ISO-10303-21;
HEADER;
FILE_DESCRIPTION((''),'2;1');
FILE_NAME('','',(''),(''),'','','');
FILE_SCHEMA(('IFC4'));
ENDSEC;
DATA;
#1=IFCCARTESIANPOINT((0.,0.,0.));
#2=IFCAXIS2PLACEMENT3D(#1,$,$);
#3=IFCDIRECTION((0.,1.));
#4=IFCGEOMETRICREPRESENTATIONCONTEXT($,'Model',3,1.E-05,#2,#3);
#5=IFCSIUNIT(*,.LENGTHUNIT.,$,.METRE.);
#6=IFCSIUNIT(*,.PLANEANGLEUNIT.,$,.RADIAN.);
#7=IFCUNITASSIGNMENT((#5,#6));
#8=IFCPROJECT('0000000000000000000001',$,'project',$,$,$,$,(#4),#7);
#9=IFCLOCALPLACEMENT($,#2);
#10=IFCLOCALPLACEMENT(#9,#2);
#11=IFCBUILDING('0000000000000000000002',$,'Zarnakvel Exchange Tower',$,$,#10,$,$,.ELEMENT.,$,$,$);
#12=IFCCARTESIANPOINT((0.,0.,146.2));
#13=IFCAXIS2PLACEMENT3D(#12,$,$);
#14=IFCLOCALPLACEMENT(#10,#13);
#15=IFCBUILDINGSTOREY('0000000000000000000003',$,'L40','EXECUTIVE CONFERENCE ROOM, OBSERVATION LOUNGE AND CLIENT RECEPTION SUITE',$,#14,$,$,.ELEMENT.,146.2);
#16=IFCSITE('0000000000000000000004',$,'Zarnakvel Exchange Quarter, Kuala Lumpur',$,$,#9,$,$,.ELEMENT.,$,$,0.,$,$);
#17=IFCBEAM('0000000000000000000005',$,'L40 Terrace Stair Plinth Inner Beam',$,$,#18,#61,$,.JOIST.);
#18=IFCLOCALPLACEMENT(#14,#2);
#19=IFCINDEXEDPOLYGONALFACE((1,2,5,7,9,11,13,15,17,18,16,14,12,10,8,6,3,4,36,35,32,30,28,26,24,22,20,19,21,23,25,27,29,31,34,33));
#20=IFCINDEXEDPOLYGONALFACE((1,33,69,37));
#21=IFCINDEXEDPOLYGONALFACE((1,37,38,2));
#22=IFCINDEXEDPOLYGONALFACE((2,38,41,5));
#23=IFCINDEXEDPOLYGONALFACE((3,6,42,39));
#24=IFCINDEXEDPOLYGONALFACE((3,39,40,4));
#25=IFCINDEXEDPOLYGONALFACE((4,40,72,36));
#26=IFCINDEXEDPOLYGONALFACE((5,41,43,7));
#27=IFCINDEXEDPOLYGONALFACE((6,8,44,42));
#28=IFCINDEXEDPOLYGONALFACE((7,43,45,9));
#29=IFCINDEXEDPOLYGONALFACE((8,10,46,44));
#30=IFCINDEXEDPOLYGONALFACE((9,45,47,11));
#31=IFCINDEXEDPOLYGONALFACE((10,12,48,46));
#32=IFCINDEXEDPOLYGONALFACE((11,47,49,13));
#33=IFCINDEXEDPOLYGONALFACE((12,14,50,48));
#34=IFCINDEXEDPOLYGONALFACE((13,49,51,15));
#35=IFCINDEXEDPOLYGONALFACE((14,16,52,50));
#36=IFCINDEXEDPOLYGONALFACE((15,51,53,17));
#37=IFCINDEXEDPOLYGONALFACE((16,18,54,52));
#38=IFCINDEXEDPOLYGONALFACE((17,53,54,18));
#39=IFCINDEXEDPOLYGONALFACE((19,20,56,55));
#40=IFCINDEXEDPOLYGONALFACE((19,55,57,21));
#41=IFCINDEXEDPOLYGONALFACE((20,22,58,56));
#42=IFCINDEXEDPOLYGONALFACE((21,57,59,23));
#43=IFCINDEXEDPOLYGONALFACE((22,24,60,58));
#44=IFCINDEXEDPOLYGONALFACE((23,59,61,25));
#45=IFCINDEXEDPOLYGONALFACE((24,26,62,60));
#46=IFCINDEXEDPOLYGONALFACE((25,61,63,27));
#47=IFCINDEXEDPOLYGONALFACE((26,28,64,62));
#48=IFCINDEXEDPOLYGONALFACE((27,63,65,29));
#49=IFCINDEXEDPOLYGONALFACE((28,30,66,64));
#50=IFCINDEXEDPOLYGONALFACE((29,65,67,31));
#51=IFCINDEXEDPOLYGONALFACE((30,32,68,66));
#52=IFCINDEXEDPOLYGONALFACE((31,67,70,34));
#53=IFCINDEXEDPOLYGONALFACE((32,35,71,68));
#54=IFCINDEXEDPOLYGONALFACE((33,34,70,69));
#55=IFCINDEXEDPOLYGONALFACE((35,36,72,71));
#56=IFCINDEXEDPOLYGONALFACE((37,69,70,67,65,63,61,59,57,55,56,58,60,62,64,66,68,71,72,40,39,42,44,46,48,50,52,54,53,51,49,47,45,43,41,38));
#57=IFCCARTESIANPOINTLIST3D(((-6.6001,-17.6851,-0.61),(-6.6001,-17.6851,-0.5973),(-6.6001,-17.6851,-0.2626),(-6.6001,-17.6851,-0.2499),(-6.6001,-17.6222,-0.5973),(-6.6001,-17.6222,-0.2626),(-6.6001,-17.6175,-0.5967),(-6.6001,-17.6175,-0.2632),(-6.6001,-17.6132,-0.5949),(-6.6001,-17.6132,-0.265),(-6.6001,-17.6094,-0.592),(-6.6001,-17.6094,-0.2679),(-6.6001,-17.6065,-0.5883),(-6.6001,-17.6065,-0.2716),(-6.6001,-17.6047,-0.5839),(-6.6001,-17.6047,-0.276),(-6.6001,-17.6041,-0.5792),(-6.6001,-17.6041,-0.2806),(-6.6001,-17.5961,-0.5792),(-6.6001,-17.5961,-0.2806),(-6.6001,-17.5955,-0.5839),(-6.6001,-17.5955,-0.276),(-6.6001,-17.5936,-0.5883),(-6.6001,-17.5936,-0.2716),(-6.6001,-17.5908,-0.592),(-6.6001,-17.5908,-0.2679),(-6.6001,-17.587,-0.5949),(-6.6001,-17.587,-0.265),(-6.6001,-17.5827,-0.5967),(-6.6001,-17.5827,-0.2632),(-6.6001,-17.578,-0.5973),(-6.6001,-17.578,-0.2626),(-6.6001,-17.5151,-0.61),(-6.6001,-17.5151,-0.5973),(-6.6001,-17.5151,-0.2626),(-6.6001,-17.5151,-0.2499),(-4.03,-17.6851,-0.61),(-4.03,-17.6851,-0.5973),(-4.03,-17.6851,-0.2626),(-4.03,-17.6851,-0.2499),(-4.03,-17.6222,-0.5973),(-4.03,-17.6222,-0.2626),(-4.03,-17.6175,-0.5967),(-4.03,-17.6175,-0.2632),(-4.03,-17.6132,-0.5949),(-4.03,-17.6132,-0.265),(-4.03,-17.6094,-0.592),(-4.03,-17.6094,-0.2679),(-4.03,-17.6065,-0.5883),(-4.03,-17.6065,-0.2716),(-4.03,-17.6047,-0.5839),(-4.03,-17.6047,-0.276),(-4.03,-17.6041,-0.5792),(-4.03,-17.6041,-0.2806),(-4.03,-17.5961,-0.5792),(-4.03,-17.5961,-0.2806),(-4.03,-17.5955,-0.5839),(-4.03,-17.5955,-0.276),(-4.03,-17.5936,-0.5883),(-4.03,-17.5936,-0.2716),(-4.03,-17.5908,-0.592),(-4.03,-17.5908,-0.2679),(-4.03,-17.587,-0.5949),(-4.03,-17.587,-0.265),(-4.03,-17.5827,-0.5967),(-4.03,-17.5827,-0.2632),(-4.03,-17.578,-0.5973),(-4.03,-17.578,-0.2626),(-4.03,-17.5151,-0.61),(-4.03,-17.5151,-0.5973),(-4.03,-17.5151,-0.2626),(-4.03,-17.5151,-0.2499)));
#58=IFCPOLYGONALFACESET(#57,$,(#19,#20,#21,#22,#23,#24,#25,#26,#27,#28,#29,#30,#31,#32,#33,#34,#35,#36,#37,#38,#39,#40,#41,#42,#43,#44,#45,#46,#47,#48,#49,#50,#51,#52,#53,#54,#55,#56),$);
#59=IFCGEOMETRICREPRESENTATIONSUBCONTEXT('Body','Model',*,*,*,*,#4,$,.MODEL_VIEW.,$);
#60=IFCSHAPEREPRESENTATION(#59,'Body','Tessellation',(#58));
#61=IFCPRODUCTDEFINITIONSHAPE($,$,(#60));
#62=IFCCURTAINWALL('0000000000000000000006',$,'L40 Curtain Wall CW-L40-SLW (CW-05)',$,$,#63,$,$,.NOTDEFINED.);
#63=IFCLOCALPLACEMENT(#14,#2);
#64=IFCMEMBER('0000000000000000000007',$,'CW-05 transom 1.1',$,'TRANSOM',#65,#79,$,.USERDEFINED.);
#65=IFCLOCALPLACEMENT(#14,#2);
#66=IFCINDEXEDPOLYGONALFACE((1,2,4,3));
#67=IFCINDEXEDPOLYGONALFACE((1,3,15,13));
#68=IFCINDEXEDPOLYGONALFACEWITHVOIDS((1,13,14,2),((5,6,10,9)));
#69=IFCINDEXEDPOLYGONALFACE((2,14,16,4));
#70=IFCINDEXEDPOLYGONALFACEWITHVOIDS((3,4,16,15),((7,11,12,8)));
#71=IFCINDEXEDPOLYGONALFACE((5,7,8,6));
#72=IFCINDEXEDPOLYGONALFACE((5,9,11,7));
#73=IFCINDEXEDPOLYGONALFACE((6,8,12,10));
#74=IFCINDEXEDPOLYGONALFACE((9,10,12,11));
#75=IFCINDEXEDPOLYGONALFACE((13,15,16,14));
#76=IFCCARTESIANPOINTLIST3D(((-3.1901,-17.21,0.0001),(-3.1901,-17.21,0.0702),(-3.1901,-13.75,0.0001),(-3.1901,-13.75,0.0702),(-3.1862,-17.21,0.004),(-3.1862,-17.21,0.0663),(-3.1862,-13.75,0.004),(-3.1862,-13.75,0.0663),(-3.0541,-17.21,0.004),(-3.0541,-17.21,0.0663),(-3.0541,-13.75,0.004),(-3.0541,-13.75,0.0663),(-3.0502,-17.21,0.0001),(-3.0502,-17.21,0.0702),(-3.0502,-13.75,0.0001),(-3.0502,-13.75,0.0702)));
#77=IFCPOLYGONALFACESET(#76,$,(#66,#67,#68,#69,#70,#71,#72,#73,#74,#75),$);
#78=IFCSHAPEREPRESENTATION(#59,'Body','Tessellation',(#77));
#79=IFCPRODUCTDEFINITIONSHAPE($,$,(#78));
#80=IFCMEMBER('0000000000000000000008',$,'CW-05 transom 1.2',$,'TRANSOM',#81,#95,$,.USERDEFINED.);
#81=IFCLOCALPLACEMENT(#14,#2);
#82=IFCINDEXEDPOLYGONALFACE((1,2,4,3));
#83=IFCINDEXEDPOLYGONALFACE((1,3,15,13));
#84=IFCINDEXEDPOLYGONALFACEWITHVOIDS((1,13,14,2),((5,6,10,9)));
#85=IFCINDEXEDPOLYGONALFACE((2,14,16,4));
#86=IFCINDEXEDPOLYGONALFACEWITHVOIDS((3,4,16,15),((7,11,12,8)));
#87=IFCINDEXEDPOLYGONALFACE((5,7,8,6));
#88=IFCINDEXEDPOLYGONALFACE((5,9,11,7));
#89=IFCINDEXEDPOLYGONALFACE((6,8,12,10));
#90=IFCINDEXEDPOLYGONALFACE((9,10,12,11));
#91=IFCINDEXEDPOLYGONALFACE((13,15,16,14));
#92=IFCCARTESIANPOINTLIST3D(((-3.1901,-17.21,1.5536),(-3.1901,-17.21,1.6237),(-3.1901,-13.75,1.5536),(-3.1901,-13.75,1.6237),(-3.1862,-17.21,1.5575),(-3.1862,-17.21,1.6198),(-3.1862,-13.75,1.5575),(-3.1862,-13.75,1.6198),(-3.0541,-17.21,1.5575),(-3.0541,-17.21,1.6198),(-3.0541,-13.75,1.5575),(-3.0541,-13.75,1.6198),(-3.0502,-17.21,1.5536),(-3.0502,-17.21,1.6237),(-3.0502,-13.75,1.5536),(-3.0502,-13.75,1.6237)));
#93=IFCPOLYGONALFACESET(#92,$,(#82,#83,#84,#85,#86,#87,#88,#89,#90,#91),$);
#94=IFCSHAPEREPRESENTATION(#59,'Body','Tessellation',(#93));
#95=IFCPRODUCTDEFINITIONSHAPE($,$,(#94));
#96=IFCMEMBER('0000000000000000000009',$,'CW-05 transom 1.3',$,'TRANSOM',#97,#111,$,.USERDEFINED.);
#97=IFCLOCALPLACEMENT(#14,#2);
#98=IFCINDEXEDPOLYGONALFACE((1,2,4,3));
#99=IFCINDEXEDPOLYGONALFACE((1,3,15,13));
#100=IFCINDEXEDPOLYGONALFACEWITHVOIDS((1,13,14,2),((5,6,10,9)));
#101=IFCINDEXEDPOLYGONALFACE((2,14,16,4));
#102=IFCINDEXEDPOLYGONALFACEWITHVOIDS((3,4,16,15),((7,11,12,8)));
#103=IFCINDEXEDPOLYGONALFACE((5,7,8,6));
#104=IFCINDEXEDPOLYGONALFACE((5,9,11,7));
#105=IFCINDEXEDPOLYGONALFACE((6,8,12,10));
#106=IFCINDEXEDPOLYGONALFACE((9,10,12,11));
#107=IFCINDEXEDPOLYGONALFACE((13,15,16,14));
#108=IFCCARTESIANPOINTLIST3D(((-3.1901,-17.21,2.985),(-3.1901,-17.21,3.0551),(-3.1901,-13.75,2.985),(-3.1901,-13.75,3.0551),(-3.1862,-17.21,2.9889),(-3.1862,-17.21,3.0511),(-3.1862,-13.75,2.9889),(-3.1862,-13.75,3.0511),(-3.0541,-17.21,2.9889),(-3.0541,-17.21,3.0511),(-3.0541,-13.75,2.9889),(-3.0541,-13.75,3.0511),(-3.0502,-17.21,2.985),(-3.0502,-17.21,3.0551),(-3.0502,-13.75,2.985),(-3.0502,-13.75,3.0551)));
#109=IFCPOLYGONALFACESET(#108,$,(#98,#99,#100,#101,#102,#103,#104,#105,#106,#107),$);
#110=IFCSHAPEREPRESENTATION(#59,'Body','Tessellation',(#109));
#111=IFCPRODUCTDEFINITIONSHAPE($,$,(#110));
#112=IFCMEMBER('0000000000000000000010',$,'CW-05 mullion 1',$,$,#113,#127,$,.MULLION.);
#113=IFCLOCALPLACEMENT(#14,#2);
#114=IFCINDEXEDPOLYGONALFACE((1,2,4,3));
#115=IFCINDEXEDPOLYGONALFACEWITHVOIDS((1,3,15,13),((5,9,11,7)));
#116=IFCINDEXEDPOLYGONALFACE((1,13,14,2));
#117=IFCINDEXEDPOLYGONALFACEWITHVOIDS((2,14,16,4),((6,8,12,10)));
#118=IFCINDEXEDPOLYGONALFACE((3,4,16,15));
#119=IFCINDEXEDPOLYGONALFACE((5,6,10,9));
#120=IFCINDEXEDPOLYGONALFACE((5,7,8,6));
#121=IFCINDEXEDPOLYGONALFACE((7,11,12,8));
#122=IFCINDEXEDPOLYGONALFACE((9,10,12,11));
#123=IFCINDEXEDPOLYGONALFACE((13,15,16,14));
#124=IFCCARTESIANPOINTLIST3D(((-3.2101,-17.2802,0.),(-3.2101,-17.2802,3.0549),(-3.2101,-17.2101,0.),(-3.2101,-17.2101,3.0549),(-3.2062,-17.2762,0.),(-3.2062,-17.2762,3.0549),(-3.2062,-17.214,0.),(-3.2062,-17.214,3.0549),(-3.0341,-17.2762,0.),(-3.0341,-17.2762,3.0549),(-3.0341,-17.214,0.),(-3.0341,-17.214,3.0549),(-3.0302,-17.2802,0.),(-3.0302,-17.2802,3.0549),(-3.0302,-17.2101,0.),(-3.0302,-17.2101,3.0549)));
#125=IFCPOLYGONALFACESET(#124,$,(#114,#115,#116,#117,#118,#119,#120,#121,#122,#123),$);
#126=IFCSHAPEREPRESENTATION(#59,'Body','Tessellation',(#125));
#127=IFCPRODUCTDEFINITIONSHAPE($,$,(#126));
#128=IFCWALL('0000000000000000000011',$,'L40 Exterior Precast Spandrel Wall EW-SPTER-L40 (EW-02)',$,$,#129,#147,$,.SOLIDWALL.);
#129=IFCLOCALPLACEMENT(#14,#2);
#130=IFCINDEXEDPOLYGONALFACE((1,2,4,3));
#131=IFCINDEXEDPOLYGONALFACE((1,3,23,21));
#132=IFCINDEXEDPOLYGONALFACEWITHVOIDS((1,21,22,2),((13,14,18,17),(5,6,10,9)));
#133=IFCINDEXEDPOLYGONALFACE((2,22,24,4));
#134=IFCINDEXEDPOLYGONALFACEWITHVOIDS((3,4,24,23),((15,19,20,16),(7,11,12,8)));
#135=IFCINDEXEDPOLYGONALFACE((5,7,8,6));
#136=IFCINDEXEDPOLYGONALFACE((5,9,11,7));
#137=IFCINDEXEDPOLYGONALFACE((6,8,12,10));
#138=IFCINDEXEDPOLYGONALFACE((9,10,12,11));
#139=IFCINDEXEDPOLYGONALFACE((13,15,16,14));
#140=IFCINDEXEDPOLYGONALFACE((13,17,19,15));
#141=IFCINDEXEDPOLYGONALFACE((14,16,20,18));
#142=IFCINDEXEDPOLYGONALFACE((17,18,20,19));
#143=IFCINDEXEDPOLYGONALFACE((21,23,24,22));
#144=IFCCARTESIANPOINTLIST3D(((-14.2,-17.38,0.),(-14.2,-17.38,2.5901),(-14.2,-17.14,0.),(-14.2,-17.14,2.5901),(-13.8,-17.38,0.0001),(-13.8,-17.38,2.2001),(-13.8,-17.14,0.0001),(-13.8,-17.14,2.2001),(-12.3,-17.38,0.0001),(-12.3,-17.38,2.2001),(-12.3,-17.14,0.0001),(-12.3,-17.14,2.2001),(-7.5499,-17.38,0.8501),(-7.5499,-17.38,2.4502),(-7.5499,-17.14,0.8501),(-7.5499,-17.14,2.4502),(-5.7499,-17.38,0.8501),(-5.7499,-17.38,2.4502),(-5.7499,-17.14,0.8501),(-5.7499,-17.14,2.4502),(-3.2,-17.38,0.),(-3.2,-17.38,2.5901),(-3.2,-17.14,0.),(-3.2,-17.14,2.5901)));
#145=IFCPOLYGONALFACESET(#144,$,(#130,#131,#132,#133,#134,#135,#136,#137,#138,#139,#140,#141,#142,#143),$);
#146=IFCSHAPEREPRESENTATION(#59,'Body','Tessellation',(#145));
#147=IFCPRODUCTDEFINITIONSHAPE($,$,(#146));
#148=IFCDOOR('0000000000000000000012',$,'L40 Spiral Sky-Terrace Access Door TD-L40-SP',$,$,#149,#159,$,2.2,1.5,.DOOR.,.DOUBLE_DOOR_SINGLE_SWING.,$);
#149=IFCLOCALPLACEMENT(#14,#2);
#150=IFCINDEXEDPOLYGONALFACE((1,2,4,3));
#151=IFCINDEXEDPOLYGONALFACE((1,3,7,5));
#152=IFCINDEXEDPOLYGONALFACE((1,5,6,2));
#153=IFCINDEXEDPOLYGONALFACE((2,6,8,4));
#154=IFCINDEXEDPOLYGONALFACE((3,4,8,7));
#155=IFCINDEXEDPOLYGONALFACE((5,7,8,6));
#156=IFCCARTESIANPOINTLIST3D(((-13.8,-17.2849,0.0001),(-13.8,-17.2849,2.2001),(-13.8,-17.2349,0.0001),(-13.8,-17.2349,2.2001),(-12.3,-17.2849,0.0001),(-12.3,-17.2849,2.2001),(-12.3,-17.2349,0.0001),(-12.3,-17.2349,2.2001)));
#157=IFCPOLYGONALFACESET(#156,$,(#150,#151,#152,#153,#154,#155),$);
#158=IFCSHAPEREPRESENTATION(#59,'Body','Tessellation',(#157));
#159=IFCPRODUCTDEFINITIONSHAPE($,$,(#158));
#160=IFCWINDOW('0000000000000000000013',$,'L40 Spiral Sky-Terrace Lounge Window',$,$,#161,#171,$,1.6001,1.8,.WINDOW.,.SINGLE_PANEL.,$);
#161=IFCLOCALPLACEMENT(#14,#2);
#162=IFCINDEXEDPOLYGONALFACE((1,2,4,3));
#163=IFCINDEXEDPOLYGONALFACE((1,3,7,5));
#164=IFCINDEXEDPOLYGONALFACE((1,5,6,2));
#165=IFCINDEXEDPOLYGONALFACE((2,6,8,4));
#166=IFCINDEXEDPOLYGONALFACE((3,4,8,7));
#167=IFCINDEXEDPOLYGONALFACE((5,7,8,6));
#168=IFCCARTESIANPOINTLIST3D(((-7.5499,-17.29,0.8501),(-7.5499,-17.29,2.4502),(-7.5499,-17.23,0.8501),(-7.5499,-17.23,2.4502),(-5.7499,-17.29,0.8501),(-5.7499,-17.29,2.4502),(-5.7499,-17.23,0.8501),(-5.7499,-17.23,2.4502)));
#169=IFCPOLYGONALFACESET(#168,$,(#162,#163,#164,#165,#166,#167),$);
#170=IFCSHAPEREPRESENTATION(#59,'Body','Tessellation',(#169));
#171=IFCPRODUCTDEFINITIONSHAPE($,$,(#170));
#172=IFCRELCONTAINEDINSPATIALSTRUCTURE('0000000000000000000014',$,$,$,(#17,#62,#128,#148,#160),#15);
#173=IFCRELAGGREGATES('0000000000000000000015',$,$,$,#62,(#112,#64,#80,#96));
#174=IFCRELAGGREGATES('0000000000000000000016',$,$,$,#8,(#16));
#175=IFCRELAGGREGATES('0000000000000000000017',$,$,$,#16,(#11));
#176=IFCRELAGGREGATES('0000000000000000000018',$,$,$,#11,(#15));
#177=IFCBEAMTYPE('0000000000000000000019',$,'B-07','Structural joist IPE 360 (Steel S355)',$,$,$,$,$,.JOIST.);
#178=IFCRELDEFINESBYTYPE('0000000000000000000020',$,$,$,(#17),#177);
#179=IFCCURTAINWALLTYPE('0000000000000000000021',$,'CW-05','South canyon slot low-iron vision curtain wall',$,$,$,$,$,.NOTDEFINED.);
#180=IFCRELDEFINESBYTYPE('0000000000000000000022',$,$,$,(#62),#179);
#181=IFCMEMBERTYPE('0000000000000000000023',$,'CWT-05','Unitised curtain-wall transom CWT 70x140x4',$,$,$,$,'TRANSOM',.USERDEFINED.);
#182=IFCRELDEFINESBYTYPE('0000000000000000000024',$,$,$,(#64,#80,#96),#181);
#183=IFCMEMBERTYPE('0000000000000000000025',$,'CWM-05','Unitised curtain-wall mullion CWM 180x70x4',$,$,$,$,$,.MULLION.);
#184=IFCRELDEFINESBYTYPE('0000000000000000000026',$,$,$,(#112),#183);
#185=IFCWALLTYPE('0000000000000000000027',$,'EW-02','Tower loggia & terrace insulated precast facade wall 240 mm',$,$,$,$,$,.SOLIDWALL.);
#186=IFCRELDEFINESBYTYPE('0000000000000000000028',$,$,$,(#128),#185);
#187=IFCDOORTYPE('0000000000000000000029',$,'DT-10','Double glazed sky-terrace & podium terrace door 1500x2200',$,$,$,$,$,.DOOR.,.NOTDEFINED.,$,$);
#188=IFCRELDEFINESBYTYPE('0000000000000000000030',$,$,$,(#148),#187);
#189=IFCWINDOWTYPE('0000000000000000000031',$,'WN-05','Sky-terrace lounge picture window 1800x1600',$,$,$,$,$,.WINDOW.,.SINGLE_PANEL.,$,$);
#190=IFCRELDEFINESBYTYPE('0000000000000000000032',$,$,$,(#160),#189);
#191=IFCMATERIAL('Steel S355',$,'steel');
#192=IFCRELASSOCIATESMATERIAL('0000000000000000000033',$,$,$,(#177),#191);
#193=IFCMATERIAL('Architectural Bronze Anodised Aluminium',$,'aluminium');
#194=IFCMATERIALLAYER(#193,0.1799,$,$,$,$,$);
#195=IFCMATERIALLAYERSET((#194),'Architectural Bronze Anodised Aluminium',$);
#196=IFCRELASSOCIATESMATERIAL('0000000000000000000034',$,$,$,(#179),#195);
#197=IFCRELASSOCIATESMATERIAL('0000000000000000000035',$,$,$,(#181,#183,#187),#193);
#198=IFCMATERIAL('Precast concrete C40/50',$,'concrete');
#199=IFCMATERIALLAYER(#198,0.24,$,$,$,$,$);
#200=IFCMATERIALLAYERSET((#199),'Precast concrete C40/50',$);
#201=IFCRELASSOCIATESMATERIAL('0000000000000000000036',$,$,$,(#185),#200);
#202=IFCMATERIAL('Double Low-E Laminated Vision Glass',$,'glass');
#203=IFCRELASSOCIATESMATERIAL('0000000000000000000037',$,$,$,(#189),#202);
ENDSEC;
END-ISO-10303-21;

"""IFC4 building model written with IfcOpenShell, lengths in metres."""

from ifc_helpers import new_model, si_unit, direction, frame, frame_2d, origin, origin_2d, place, context, subcontext, project, spatial, rectangle, hollow_rectangle, i_section, extrude, source, transform, mapped, material, layer, layer_set, material_profile, profile_set, type_object, element, fill, aggregate, save


model = new_model("IFC4")

# Units and contexts
model_context = context("Model", 3, precision=1e-05, world=origin(), true_north=direction((0.0, 1.0)))
body_context = subcontext(model_context, "Body", "Model", "MODEL_VIEW")
ifc_project = project(units=[si_unit("LENGTHUNIT", "METRE"), si_unit("PLANEANGLEUNIT", "RADIAN")], contexts=[model_context])

# Site, building, storey
site_placement = place(None, origin())
site = spatial("IfcSite", under=ifc_project, at=site_placement, Name="Zarnakvel Exchange Quarter, Kuala Lumpur", CompositionType="ELEMENT", RefElevation=0.0)
building_placement = place(site_placement, origin())
building = spatial("IfcBuilding", under=site, at=building_placement, Name="Zarnakvel Exchange Tower", CompositionType="ELEMENT")
storey_placement = place(building_placement, frame((0.0, 0.0, 146.2)))
storey = spatial("IfcBuildingStorey", under=building, at=storey_placement, Name="L40", Description="EXECUTIVE CONFERENCE ROOM, OBSERVATION LOUNGE AND CLIENT RECEPTION SUITE", CompositionType="ELEMENT", Elevation=146.2)

# Beam
ifc_material_1 = material(Name="Steel S355", Category="steel")
ifc_material_profile_1 = material_profile(ifc_material_1, i_section(OverallWidth=0.1699, OverallDepth=0.3601, WebThickness=0.0081, FlangeThickness=0.0127, FilletRadius=0.0181, at=origin_2d()))
ifc_profile_set_1 = profile_set([ifc_material_profile_1], Name="Steel S355")
beam_type = type_object("IfcBeamType", Name="B-07", Description="Structural joist IPE 360 (Steel S355)", PredefinedType="JOIST", material=ifc_profile_set_1)
beam_placement = place(storey_placement, frame((-6.6001, -17.6001, -0.4299), z_axis=(1.0, 0.0, 0.0), x_axis=(0.0, 1.0, 0.0)))
element("IfcBeam", 1, at=beam_placement, inside=storey, type_object=beam_type, Name="L40 Terrace Stair Plinth Inner Beam", PredefinedType="JOIST", context=body_context, shape_type="SweptSolid", body=[
    extrude(i_section(OverallWidth=0.1699, OverallDepth=0.3601, WebThickness=0.0081, FlangeThickness=0.0127, FilletRadius=0.0181, at=origin_2d()), origin(), (0.0, 0.0, 1.0), 2.5701),
])

# Curtain wall, members
ifc_material_2 = material(Name="Architectural Bronze Anodised Aluminium", Category="aluminium")
ifc_layer_1 = layer(ifc_material_2, 0.1799)
ifc_layer_set_1 = layer_set([ifc_layer_1], Name="Architectural Bronze Anodised Aluminium")
curtain_wall_type = type_object("IfcCurtainWallType", Name="CW-05", Description="South canyon slot low-iron vision curtain wall", PredefinedType="NOTDEFINED", material=ifc_layer_set_1)
curtain_wall_placement = place(storey_placement, origin())
curtain_wall = element("IfcCurtainWall", 2, at=curtain_wall_placement, inside=storey, type_object=curtain_wall_type, Name="L40 Curtain Wall CW-L40-SLW (CW-05)", PredefinedType="NOTDEFINED")
ifc_material_profile_2 = material_profile(ifc_material_2, hollow_rectangle(XDim=0.1399, YDim=0.0701, WallThickness=0.0039, at=origin_2d()))
ifc_profile_set_2 = profile_set([ifc_material_profile_2], Name="Architectural Bronze Anodised Aluminium")
member_type_1 = type_object("IfcMemberType", Name="CWT-05", Description="Unitised curtain-wall transom CWT 70x140x4", ElementType="TRANSOM", PredefinedType="USERDEFINED", material=ifc_profile_set_2)
shared_shape_1 = source(origin(), body_context, "Body", "SweptSolid", [
    extrude(hollow_rectangle(XDim=0.1399, YDim=0.0701, WallThickness=0.0039, at=origin_2d()), origin(), (0.0, 0.0, 1.0), 3.46),
])
member_1_placement = place(storey_placement, frame((-3.1201, -17.21, 0.0352), z_axis=(0.0, 1.0, 0.0), x_axis=(-1.0, 0.0, 0.0)))
member_1 = element("IfcMember", 3, at=member_1_placement, type_object=member_type_1, Name="CW-05 transom 1.1", ObjectType="TRANSOM", PredefinedType="USERDEFINED", context=body_context, shape_type="MappedRepresentation", body=[
    mapped(shared_shape_1, transform((0.0, 0.0, 0.0), x_axis=(1.0, 0.0, 0.0), y_axis=(0.0, 1.0, 0.0), z_axis=(0.0, 0.0, 1.0), scale=1.0)),
])
member_2_placement = place(storey_placement, frame((-3.1201, -17.21, 1.5886), z_axis=(0.0, 1.0, 0.0), x_axis=(-1.0, 0.0, 0.0)))
member_2 = element("IfcMember", 4, at=member_2_placement, type_object=member_type_1, Name="CW-05 transom 1.2", ObjectType="TRANSOM", PredefinedType="USERDEFINED", context=body_context, shape_type="MappedRepresentation", body=[
    mapped(shared_shape_1, transform((0.0, 0.0, 0.0), x_axis=(1.0, 0.0, 0.0), y_axis=(0.0, 1.0, 0.0), z_axis=(0.0, 0.0, 1.0), scale=1.0)),
])
member_3_placement = place(storey_placement, frame((-3.1201, -17.21, 3.02), z_axis=(0.0, 1.0, 0.0), x_axis=(-1.0, 0.0, 0.0)))
member_3 = element("IfcMember", 5, at=member_3_placement, type_object=member_type_1, Name="CW-05 transom 1.3", ObjectType="TRANSOM", PredefinedType="USERDEFINED", context=body_context, shape_type="MappedRepresentation", body=[
    mapped(shared_shape_1, transform((0.0, 0.0, 0.0), x_axis=(1.0, 0.0, 0.0), y_axis=(0.0, 1.0, 0.0), z_axis=(0.0, 0.0, 1.0), scale=1.0)),
])
ifc_material_profile_3 = material_profile(ifc_material_2, hollow_rectangle(XDim=0.1799, YDim=0.0701, WallThickness=0.0039, at=origin_2d()))
ifc_profile_set_3 = profile_set([ifc_material_profile_3], Name="Architectural Bronze Anodised Aluminium")
member_type_2 = type_object("IfcMemberType", Name="CWM-05", Description="Unitised curtain-wall mullion CWM 180x70x4", PredefinedType="MULLION", material=ifc_profile_set_3)
shared_shape_2 = source(origin(), body_context, "Body", "SweptSolid", [
    extrude(hollow_rectangle(XDim=0.1799, YDim=0.0701, WallThickness=0.0039, at=origin_2d()), origin(), (0.0, 0.0, 1.0), 3.0549),
])
member_4_placement = place(storey_placement, frame((-3.1201, -17.2451, 0.0), z_axis=(0.0, 0.0, 1.0), x_axis=(-1.0, 0.0, 0.0)))
member_4 = element("IfcMember", 6, at=member_4_placement, type_object=member_type_2, Name="CW-05 mullion 1", PredefinedType="MULLION", context=body_context, shape_type="MappedRepresentation", body=[
    mapped(shared_shape_2, transform((0.0, 0.0, 0.0), x_axis=(1.0, 0.0, 0.0), y_axis=(0.0, 1.0, 0.0), z_axis=(0.0, 0.0, 1.0), scale=1.0)),
])
aggregate(curtain_wall, [member_4, member_1, member_2, member_3])

# Wall, openings, door, window
ifc_material_3 = material(Name="Precast concrete C40/50", Category="concrete")
ifc_layer_2 = layer(ifc_material_3, 0.24)
ifc_layer_set_2 = layer_set([ifc_layer_2], Name="Precast concrete C40/50")
wall_type_1 = type_object("IfcWallType", Name="EW-02", Description="Tower loggia & terrace insulated precast facade wall 240 mm", PredefinedType="SOLIDWALL", material=ifc_layer_set_2)
wall_1_placement = place(storey_placement, frame((-3.2, -17.26, 0.0), z_axis=(0.0, 0.0, 1.0), x_axis=(-1.0, 0.0, 0.0)))
wall_1 = element("IfcWall", 7, at=wall_1_placement, inside=storey, type_object=wall_type_1, Name="L40 Exterior Precast Spandrel Wall EW-SPTER-L40 (EW-02)", PredefinedType="SOLIDWALL", context=body_context, shape_type="SweptSolid", body=[
    extrude(rectangle(XDim=11.0, YDim=0.24, at=frame_2d((5.5, 0.0))), origin(), (0.0, 0.0, 1.0), 2.5901),
])
opening_1_placement = place(wall_1_placement, frame((9.1001, 0.0, 0.0)))
opening_1 = element("IfcOpeningElement", 8, at=opening_1_placement, cuts=wall_1, PredefinedType="OPENING", context=body_context, shape_type="SweptSolid", body=[
    extrude(rectangle(XDim=1.5, YDim=2.2, at=frame_2d((0.75, 1.1001))), frame((0.0, 0.1299, 0.0), z_axis=(0.0, -1.0, 0.0), x_axis=(1.0, 0.0, 0.0)), (0.0, 0.0, 1.0), 0.26),
])
opening_2_placement = place(wall_1_placement, frame((2.55, 0.0, 0.8501)))
opening_2 = element("IfcOpeningElement", 9, at=opening_2_placement, cuts=wall_1, PredefinedType="OPENING", context=body_context, shape_type="SweptSolid", body=[
    extrude(rectangle(XDim=1.8, YDim=1.6001, at=frame_2d((0.8999, 0.8))), frame((0.0, 0.1299, 0.0), z_axis=(0.0, -1.0, 0.0), x_axis=(1.0, 0.0, 0.0)), (0.0, 0.0, 1.0), 0.26),
])
door_type = type_object("IfcDoorType", Name="DT-10", Description="Double glazed sky-terrace & podium terrace door 1500x2200", OperationType="NOTDEFINED", PredefinedType="DOOR", material=ifc_material_2)
shared_shape_3 = source(origin(), body_context, "Body", "SweptSolid", [
    extrude(rectangle(XDim=1.5, YDim=2.2, at=frame_2d((0.75, 1.1001))), frame((0.0, 0.0249, 0.0), z_axis=(0.0, -1.0, 0.0), x_axis=(1.0, 0.0, 0.0)), (0.0, 0.0, 1.0), 0.05),
])
door_placement = place(opening_1_placement, origin())
door = element("IfcDoor", 10, at=door_placement, inside=storey, type_object=door_type, Name="L40 Spiral Sky-Terrace Access Door TD-L40-SP", OperationType="DOUBLE_DOOR_SINGLE_SWING", OverallHeight=2.2, OverallWidth=1.5, PredefinedType="DOOR", context=body_context, shape_type="MappedRepresentation", body=[
    mapped(shared_shape_3, transform((0.0, 0.0, 0.0), x_axis=(1.0, 0.0, 0.0), y_axis=(0.0, 1.0, 0.0), z_axis=(0.0, 0.0, 1.0), scale=1.0)),
])
fill(opening_1, door)
ifc_material_4 = material(Name="Double Low-E Laminated Vision Glass", Category="glass")
window_type = type_object("IfcWindowType", Name="WN-05", Description="Sky-terrace lounge picture window 1800x1600", PartitioningType="SINGLE_PANEL", PredefinedType="WINDOW", material=ifc_material_4)
shared_shape_4 = source(origin(), body_context, "Body", "SweptSolid", [
    extrude(rectangle(XDim=1.8, YDim=1.6001, at=frame_2d((0.8999, 0.8))), frame((0.0, 0.03, 0.0), z_axis=(0.0, -1.0, 0.0), x_axis=(1.0, 0.0, 0.0)), (0.0, 0.0, 1.0), 0.0601),
])
window_placement = place(opening_2_placement, origin())
window = element("IfcWindow", 11, at=window_placement, inside=storey, type_object=window_type, Name="L40 Spiral Sky-Terrace Lounge Window", OverallHeight=1.6001, OverallWidth=1.8, PartitioningType="SINGLE_PANEL", PredefinedType="WINDOW", context=body_context, shape_type="MappedRepresentation", body=[
    mapped(shared_shape_4, transform((0.0, 0.0, 0.0), x_axis=(1.0, 0.0, 0.0), y_axis=(0.0, 1.0, 0.0), z_axis=(0.0, 0.0, 1.0), scale=1.0)),
])
fill(opening_2, window)

save(model, "model.ifc")
